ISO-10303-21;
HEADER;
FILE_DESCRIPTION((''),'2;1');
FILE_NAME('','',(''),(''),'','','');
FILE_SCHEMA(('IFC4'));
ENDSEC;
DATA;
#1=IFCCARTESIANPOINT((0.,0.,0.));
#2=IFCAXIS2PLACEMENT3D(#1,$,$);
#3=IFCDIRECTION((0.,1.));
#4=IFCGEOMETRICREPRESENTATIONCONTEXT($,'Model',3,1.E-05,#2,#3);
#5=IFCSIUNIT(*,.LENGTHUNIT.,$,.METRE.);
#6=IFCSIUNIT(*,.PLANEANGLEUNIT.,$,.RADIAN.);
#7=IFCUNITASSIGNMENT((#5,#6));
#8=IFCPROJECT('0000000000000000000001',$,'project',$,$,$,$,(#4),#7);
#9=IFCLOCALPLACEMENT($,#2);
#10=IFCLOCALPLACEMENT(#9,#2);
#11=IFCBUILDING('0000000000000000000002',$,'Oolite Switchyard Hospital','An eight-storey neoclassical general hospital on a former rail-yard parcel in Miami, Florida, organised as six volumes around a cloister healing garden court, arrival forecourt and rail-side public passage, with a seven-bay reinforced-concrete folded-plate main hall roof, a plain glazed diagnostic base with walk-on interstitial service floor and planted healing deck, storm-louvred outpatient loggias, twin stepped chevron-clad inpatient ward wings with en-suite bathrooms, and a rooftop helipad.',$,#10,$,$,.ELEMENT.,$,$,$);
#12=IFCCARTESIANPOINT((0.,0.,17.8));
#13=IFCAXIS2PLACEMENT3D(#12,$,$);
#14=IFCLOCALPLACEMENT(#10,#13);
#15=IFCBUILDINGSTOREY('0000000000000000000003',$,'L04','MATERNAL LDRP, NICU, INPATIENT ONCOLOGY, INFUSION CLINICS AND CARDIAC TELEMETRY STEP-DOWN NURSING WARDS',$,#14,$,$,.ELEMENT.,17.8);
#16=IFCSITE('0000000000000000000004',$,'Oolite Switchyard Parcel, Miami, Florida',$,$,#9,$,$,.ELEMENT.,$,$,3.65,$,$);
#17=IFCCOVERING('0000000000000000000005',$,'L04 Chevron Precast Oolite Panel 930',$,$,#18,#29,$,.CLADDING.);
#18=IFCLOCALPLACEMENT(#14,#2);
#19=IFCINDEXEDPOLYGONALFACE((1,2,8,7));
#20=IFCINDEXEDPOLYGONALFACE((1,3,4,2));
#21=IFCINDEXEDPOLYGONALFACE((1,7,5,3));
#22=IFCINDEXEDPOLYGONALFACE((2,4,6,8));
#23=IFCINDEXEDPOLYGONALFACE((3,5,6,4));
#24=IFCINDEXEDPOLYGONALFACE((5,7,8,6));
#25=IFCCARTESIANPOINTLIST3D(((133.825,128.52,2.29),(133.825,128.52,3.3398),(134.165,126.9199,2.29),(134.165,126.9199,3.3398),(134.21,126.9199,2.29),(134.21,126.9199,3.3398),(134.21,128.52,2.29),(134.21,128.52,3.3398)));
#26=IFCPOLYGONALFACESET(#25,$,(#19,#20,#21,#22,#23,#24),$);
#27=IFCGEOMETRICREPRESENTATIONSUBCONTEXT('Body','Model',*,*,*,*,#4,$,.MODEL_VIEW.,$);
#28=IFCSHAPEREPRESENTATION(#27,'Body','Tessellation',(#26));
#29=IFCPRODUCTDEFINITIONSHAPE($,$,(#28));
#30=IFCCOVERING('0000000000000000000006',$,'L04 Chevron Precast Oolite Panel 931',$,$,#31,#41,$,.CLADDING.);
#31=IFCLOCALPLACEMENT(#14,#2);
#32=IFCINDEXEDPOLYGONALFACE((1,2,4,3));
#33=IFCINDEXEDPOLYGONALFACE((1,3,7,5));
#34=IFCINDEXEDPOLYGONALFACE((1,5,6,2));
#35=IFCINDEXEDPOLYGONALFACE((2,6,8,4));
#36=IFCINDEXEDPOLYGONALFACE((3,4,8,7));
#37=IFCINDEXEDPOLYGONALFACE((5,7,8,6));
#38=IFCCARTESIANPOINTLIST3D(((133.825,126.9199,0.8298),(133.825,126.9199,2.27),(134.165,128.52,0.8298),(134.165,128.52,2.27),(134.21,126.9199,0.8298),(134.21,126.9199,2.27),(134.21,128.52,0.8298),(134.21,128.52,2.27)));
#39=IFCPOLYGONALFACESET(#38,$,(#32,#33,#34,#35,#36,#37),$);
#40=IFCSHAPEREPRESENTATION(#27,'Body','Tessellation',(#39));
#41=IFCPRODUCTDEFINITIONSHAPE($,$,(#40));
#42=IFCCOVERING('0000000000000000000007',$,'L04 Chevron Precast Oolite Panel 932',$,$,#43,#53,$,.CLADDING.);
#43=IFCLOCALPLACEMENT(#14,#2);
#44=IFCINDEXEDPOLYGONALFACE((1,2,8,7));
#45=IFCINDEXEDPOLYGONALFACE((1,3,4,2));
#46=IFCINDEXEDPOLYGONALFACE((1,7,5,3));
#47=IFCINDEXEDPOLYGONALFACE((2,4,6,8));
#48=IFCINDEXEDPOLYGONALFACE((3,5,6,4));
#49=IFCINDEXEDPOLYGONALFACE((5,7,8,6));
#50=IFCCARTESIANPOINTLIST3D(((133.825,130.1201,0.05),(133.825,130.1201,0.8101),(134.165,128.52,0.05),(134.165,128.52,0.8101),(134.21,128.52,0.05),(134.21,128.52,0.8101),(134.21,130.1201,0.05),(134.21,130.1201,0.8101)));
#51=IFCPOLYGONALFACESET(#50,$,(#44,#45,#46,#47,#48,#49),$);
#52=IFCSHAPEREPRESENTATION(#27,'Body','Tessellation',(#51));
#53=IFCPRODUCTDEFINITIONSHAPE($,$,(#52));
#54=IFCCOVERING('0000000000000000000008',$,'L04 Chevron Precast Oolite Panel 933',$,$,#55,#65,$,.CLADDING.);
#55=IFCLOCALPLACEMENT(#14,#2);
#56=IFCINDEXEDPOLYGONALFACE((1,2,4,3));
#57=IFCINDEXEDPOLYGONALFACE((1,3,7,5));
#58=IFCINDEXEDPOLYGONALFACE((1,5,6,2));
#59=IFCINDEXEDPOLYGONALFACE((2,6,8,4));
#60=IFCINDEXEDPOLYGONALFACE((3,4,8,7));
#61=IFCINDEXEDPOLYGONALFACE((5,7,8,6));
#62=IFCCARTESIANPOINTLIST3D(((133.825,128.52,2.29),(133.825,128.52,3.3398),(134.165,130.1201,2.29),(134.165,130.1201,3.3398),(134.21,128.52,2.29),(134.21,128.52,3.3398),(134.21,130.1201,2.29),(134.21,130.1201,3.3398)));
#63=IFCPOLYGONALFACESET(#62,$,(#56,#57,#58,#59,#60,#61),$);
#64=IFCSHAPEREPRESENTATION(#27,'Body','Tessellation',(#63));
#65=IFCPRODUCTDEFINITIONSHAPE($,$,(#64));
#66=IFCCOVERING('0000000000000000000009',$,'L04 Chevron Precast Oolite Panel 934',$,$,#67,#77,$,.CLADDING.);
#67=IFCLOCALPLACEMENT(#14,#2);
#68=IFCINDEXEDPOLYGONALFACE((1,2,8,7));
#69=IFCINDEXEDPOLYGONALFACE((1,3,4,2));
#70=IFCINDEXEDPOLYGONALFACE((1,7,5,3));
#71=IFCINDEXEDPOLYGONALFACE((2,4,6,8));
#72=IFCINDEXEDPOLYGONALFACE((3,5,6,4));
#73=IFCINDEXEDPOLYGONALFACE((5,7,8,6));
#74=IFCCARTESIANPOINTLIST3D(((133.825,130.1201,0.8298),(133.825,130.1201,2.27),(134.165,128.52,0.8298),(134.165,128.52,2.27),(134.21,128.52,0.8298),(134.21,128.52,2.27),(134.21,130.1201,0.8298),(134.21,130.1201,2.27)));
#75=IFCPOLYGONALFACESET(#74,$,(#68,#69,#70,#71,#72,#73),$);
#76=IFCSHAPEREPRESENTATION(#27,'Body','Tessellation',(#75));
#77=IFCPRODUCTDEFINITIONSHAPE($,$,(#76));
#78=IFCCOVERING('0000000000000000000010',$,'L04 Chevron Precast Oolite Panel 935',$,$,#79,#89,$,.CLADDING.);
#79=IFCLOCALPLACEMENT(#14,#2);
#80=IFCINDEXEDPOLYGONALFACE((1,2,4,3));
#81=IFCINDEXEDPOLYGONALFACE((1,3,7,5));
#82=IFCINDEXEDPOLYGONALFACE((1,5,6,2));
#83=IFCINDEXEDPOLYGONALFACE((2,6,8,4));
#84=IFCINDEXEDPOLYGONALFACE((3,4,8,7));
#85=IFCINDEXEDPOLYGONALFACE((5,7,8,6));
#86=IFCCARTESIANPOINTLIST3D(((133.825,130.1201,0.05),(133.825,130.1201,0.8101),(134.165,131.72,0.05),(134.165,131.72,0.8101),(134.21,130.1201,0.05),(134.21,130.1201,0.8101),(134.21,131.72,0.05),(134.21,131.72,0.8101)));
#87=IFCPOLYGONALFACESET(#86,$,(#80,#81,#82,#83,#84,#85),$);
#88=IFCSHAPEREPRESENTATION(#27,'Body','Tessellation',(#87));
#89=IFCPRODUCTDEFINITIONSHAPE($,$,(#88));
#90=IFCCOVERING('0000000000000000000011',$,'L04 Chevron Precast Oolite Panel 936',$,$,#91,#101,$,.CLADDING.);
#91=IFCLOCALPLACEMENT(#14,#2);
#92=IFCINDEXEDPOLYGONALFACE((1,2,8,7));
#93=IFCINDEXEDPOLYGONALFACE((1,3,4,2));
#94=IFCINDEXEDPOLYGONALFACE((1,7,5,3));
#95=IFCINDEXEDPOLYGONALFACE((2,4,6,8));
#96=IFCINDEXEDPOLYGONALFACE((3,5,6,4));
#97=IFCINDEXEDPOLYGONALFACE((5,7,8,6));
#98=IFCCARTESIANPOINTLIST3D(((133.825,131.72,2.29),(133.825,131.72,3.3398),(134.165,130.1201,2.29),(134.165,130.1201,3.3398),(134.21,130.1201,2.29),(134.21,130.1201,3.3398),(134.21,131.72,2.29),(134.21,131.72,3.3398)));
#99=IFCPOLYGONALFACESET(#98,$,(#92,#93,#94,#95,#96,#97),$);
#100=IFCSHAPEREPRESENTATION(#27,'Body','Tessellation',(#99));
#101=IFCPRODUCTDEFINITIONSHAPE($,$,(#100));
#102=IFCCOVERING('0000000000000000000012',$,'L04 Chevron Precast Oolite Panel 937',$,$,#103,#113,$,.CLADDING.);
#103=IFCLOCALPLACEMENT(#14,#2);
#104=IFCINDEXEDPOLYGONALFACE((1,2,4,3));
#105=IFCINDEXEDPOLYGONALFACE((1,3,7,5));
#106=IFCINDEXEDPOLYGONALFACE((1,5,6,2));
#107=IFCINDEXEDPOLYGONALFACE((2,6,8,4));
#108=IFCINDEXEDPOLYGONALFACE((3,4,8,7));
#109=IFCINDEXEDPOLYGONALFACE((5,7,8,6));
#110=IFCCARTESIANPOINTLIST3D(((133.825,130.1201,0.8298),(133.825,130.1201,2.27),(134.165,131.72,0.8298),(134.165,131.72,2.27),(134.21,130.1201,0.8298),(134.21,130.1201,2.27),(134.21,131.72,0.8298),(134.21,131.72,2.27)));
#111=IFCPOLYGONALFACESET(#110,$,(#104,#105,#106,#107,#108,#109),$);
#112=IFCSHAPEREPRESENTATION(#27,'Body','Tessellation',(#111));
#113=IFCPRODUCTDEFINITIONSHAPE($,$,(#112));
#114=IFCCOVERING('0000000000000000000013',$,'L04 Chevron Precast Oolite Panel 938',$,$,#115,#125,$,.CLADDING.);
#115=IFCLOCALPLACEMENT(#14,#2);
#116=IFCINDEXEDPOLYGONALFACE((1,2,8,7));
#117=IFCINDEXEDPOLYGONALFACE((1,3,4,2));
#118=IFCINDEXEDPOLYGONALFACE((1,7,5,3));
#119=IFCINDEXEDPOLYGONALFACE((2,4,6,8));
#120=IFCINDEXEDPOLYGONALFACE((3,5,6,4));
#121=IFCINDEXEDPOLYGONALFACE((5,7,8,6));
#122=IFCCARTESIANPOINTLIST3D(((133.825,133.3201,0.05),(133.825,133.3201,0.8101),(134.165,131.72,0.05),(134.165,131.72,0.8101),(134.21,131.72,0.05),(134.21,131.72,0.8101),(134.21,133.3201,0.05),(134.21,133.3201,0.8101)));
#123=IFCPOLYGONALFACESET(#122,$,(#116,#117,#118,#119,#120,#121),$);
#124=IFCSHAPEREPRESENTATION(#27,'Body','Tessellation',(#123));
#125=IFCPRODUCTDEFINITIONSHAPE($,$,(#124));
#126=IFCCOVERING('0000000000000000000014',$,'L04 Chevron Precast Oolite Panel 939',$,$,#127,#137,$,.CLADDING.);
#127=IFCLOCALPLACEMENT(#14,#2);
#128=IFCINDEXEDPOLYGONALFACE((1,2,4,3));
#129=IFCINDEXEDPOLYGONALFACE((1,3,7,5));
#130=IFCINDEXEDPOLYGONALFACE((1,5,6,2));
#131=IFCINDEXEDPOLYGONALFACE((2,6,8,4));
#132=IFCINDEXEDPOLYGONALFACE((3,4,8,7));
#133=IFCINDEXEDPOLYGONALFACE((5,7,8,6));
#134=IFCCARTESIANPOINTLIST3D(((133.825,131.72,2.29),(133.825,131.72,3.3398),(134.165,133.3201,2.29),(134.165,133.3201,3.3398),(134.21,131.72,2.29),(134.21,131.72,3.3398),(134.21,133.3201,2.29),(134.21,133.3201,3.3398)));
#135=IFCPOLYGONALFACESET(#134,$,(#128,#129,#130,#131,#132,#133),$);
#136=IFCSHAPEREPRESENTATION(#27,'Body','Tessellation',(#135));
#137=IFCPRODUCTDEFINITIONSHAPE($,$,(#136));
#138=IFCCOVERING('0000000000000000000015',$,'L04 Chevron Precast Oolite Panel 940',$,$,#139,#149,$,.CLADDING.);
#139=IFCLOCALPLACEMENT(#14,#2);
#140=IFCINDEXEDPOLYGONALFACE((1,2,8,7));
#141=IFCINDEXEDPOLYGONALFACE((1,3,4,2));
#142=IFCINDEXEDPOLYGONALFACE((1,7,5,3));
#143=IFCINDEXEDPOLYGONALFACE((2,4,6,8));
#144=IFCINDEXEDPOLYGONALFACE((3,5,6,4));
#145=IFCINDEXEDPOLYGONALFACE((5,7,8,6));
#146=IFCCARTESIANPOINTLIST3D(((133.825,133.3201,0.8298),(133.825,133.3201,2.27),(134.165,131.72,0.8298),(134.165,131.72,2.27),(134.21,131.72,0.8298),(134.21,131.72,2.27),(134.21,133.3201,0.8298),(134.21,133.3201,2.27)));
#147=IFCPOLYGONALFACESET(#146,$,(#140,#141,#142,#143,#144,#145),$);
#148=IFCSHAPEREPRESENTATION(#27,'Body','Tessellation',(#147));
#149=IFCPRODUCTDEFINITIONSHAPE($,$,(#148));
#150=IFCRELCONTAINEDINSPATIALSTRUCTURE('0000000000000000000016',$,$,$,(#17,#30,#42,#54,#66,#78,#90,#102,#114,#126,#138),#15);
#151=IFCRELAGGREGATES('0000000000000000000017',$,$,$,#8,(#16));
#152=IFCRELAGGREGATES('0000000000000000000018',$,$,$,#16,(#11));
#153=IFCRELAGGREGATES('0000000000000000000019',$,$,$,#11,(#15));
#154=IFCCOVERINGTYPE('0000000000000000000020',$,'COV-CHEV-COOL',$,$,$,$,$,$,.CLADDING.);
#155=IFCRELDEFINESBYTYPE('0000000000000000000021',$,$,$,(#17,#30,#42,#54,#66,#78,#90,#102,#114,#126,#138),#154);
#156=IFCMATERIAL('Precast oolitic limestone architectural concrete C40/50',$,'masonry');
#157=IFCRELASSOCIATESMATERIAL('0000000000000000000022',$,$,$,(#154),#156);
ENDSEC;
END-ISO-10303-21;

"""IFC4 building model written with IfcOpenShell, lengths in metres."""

from ifc_helpers import new_model, si_unit, direction, frame, origin, place, context, subcontext, project, spatial, polyline, outline, extrude, material, type_object, element, save


model = new_model("IFC4")

# Units and contexts
model_context = context("Model", 3, precision=1e-05, world=origin(), true_north=direction((0.0, 1.0)))
body_context = subcontext(model_context, "Body", "Model", "MODEL_VIEW")
ifc_project = project(units=[si_unit("LENGTHUNIT", "METRE"), si_unit("PLANEANGLEUNIT", "RADIAN")], contexts=[model_context])

# Site, building, storey
site_placement = place(None, origin())
site = spatial("IfcSite", under=ifc_project, at=site_placement, Name="Oolite Switchyard Parcel, Miami, Florida", CompositionType="ELEMENT", RefElevation=3.65)
building_placement = place(site_placement, origin())
building = spatial("IfcBuilding", under=site, at=building_placement, Name="Oolite Switchyard Hospital", Description="An eight-storey neoclassical general hospital on a former rail-yard parcel in Miami, Florida, organised as six volumes around a cloister healing garden court, arrival forecourt and rail-side public passage, with a seven-bay reinforced-concrete folded-plate main hall roof, a plain glazed diagnostic base with walk-on interstitial service floor and planted healing deck, storm-louvred outpatient loggias, twin stepped chevron-clad inpatient ward wings with en-suite bathrooms, and a rooftop helipad.", CompositionType="ELEMENT")
storey_placement = place(building_placement, frame((0.0, 0.0, 17.8)))
storey = spatial("IfcBuildingStorey", under=building, at=storey_placement, Name="L04", Description="MATERNAL LDRP, NICU, INPATIENT ONCOLOGY, INFUSION CLINICS AND CARDIAC TELEMETRY STEP-DOWN NURSING WARDS", CompositionType="ELEMENT", Elevation=17.8)

# Coverings
ifc_material_1 = material(Name="Precast oolitic limestone architectural concrete C40/50", Category="masonry")
covering_type = type_object("IfcCoveringType", Name="COV-CHEV-COOL", PredefinedType="CLADDING", material=ifc_material_1)
covering_1_placement = place(storey_placement, frame((134.21, 126.9199, 2.29), z_axis=(0.0, 0.0, 1.0), x_axis=(0.0, 1.0, 0.0)))
element("IfcCovering", 1, at=covering_1_placement, inside=storey, type_object=covering_type, Name="L04 Chevron Precast Oolite Panel 930", PredefinedType="CLADDING", context=body_context, shape_type="SweptSolid", body=[
    extrude(outline(polyline([(0.0, 0.0), (1.6001, 0.0), (1.6001, 0.385), (0.0, 0.0449), (0.0, 0.0)])), origin(), (0.0, 0.0, 1.0), 1.0498),
])
covering_2_placement = place(storey_placement, frame((134.21, 126.9199, 0.8298), z_axis=(0.0, 0.0, 1.0), x_axis=(0.0, 1.0, 0.0)))
element("IfcCovering", 2, at=covering_2_placement, inside=storey, type_object=covering_type, Name="L04 Chevron Precast Oolite Panel 931", PredefinedType="CLADDING", context=body_context, shape_type="SweptSolid", body=[
    extrude(outline(polyline([(0.0, 0.0), (1.6001, 0.0), (1.6001, 0.0449), (0.0, 0.385), (0.0, 0.0)])), origin(), (0.0, 0.0, 1.0), 1.4402),
])
covering_3_placement = place(storey_placement, frame((134.21, 128.52, 0.05), z_axis=(0.0, 0.0, 1.0), x_axis=(0.0, 1.0, 0.0)))
element("IfcCovering", 3, at=covering_3_placement, inside=storey, type_object=covering_type, Name="L04 Chevron Precast Oolite Panel 932", PredefinedType="CLADDING", context=body_context, shape_type="SweptSolid", body=[
    extrude(outline(polyline([(0.0, 0.0), (1.6001, 0.0), (1.6001, 0.385), (0.0, 0.0449), (0.0, 0.0)])), origin(), (0.0, 0.0, 1.0), 0.76),
])
covering_4_placement = place(storey_placement, frame((134.21, 128.52, 2.29), z_axis=(0.0, 0.0, 1.0), x_axis=(0.0, 1.0, 0.0)))
element("IfcCovering", 4, at=covering_4_placement, inside=storey, type_object=covering_type, Name="L04 Chevron Precast Oolite Panel 933", PredefinedType="CLADDING", context=body_context, shape_type="SweptSolid", body=[
    extrude(outline(polyline([(0.0, 0.0), (1.6001, 0.0), (1.6001, 0.0449), (0.0, 0.385), (0.0, 0.0)])), origin(), (0.0, 0.0, 1.0), 1.0498),
])
covering_5_placement = place(storey_placement, frame((134.21, 128.52, 0.8298), z_axis=(0.0, 0.0, 1.0), x_axis=(0.0, 1.0, 0.0)))
element("IfcCovering", 5, at=covering_5_placement, inside=storey, type_object=covering_type, Name="L04 Chevron Precast Oolite Panel 934", PredefinedType="CLADDING", context=body_context, shape_type="SweptSolid", body=[
    extrude(outline(polyline([(0.0, 0.0), (1.6001, 0.0), (1.6001, 0.385), (0.0, 0.0449), (0.0, 0.0)])), origin(), (0.0, 0.0, 1.0), 1.4402),
])
covering_6_placement = place(storey_placement, frame((134.21, 130.1201, 0.05), z_axis=(0.0, 0.0, 1.0), x_axis=(0.0, 1.0, 0.0)))
element("IfcCovering", 6, at=covering_6_placement, inside=storey, type_object=covering_type, Name="L04 Chevron Precast Oolite Panel 935", PredefinedType="CLADDING", context=body_context, shape_type="SweptSolid", body=[
    extrude(outline(polyline([(0.0, 0.0), (1.5999, 0.0), (1.5999, 0.0449), (0.0, 0.385), (0.0, 0.0)])), origin(), (0.0, 0.0, 1.0), 0.76),
])
covering_7_placement = place(storey_placement, frame((134.21, 130.1201, 2.29), z_axis=(0.0, 0.0, 1.0), x_axis=(0.0, 1.0, 0.0)))
element("IfcCovering", 7, at=covering_7_placement, inside=storey, type_object=covering_type, Name="L04 Chevron Precast Oolite Panel 936", PredefinedType="CLADDING", context=body_context, shape_type="SweptSolid", body=[
    extrude(outline(polyline([(0.0, 0.0), (1.5999, 0.0), (1.5999, 0.385), (0.0, 0.0449), (0.0, 0.0)])), origin(), (0.0, 0.0, 1.0), 1.0498),
])
covering_8_placement = place(storey_placement, frame((134.21, 130.1201, 0.8298), z_axis=(0.0, 0.0, 1.0), x_axis=(0.0, 1.0, 0.0)))
element("IfcCovering", 8, at=covering_8_placement, inside=storey, type_object=covering_type, Name="L04 Chevron Precast Oolite Panel 937", PredefinedType="CLADDING", context=body_context, shape_type="SweptSolid", body=[
    extrude(outline(polyline([(0.0, 0.0), (1.5999, 0.0), (1.5999, 0.0449), (0.0, 0.385), (0.0, 0.0)])), origin(), (0.0, 0.0, 1.0), 1.4402),
])
covering_9_placement = place(storey_placement, frame((134.21, 131.72, 0.05), z_axis=(0.0, 0.0, 1.0), x_axis=(0.0, 1.0, 0.0)))
element("IfcCovering", 9, at=covering_9_placement, inside=storey, type_object=covering_type, Name="L04 Chevron Precast Oolite Panel 938", PredefinedType="CLADDING", context=body_context, shape_type="SweptSolid", body=[
    extrude(outline(polyline([(0.0, 0.0), (1.6001, 0.0), (1.6001, 0.385), (0.0, 0.0449), (0.0, 0.0)])), origin(), (0.0, 0.0, 1.0), 0.76),
])
covering_10_placement = place(storey_placement, frame((134.21, 131.72, 2.29), z_axis=(0.0, 0.0, 1.0), x_axis=(0.0, 1.0, 0.0)))
element("IfcCovering", 10, at=covering_10_placement, inside=storey, type_object=covering_type, Name="L04 Chevron Precast Oolite Panel 939", PredefinedType="CLADDING", context=body_context, shape_type="SweptSolid", body=[
    extrude(outline(polyline([(0.0, 0.0), (1.6001, 0.0), (1.6001, 0.0449), (0.0, 0.385), (0.0, 0.0)])), origin(), (0.0, 0.0, 1.0), 1.0498),
])
covering_11_placement = place(storey_placement, frame((134.21, 131.72, 0.8298), z_axis=(0.0, 0.0, 1.0), x_axis=(0.0, 1.0, 0.0)))
element("IfcCovering", 11, at=covering_11_placement, inside=storey, type_object=covering_type, Name="L04 Chevron Precast Oolite Panel 940", PredefinedType="CLADDING", context=body_context, shape_type="SweptSolid", body=[
    extrude(outline(polyline([(0.0, 0.0), (1.6001, 0.0), (1.6001, 0.385), (0.0, 0.0449), (0.0, 0.0)])), origin(), (0.0, 0.0, 1.0), 1.4402),
])

save(model, "model.ifc")
